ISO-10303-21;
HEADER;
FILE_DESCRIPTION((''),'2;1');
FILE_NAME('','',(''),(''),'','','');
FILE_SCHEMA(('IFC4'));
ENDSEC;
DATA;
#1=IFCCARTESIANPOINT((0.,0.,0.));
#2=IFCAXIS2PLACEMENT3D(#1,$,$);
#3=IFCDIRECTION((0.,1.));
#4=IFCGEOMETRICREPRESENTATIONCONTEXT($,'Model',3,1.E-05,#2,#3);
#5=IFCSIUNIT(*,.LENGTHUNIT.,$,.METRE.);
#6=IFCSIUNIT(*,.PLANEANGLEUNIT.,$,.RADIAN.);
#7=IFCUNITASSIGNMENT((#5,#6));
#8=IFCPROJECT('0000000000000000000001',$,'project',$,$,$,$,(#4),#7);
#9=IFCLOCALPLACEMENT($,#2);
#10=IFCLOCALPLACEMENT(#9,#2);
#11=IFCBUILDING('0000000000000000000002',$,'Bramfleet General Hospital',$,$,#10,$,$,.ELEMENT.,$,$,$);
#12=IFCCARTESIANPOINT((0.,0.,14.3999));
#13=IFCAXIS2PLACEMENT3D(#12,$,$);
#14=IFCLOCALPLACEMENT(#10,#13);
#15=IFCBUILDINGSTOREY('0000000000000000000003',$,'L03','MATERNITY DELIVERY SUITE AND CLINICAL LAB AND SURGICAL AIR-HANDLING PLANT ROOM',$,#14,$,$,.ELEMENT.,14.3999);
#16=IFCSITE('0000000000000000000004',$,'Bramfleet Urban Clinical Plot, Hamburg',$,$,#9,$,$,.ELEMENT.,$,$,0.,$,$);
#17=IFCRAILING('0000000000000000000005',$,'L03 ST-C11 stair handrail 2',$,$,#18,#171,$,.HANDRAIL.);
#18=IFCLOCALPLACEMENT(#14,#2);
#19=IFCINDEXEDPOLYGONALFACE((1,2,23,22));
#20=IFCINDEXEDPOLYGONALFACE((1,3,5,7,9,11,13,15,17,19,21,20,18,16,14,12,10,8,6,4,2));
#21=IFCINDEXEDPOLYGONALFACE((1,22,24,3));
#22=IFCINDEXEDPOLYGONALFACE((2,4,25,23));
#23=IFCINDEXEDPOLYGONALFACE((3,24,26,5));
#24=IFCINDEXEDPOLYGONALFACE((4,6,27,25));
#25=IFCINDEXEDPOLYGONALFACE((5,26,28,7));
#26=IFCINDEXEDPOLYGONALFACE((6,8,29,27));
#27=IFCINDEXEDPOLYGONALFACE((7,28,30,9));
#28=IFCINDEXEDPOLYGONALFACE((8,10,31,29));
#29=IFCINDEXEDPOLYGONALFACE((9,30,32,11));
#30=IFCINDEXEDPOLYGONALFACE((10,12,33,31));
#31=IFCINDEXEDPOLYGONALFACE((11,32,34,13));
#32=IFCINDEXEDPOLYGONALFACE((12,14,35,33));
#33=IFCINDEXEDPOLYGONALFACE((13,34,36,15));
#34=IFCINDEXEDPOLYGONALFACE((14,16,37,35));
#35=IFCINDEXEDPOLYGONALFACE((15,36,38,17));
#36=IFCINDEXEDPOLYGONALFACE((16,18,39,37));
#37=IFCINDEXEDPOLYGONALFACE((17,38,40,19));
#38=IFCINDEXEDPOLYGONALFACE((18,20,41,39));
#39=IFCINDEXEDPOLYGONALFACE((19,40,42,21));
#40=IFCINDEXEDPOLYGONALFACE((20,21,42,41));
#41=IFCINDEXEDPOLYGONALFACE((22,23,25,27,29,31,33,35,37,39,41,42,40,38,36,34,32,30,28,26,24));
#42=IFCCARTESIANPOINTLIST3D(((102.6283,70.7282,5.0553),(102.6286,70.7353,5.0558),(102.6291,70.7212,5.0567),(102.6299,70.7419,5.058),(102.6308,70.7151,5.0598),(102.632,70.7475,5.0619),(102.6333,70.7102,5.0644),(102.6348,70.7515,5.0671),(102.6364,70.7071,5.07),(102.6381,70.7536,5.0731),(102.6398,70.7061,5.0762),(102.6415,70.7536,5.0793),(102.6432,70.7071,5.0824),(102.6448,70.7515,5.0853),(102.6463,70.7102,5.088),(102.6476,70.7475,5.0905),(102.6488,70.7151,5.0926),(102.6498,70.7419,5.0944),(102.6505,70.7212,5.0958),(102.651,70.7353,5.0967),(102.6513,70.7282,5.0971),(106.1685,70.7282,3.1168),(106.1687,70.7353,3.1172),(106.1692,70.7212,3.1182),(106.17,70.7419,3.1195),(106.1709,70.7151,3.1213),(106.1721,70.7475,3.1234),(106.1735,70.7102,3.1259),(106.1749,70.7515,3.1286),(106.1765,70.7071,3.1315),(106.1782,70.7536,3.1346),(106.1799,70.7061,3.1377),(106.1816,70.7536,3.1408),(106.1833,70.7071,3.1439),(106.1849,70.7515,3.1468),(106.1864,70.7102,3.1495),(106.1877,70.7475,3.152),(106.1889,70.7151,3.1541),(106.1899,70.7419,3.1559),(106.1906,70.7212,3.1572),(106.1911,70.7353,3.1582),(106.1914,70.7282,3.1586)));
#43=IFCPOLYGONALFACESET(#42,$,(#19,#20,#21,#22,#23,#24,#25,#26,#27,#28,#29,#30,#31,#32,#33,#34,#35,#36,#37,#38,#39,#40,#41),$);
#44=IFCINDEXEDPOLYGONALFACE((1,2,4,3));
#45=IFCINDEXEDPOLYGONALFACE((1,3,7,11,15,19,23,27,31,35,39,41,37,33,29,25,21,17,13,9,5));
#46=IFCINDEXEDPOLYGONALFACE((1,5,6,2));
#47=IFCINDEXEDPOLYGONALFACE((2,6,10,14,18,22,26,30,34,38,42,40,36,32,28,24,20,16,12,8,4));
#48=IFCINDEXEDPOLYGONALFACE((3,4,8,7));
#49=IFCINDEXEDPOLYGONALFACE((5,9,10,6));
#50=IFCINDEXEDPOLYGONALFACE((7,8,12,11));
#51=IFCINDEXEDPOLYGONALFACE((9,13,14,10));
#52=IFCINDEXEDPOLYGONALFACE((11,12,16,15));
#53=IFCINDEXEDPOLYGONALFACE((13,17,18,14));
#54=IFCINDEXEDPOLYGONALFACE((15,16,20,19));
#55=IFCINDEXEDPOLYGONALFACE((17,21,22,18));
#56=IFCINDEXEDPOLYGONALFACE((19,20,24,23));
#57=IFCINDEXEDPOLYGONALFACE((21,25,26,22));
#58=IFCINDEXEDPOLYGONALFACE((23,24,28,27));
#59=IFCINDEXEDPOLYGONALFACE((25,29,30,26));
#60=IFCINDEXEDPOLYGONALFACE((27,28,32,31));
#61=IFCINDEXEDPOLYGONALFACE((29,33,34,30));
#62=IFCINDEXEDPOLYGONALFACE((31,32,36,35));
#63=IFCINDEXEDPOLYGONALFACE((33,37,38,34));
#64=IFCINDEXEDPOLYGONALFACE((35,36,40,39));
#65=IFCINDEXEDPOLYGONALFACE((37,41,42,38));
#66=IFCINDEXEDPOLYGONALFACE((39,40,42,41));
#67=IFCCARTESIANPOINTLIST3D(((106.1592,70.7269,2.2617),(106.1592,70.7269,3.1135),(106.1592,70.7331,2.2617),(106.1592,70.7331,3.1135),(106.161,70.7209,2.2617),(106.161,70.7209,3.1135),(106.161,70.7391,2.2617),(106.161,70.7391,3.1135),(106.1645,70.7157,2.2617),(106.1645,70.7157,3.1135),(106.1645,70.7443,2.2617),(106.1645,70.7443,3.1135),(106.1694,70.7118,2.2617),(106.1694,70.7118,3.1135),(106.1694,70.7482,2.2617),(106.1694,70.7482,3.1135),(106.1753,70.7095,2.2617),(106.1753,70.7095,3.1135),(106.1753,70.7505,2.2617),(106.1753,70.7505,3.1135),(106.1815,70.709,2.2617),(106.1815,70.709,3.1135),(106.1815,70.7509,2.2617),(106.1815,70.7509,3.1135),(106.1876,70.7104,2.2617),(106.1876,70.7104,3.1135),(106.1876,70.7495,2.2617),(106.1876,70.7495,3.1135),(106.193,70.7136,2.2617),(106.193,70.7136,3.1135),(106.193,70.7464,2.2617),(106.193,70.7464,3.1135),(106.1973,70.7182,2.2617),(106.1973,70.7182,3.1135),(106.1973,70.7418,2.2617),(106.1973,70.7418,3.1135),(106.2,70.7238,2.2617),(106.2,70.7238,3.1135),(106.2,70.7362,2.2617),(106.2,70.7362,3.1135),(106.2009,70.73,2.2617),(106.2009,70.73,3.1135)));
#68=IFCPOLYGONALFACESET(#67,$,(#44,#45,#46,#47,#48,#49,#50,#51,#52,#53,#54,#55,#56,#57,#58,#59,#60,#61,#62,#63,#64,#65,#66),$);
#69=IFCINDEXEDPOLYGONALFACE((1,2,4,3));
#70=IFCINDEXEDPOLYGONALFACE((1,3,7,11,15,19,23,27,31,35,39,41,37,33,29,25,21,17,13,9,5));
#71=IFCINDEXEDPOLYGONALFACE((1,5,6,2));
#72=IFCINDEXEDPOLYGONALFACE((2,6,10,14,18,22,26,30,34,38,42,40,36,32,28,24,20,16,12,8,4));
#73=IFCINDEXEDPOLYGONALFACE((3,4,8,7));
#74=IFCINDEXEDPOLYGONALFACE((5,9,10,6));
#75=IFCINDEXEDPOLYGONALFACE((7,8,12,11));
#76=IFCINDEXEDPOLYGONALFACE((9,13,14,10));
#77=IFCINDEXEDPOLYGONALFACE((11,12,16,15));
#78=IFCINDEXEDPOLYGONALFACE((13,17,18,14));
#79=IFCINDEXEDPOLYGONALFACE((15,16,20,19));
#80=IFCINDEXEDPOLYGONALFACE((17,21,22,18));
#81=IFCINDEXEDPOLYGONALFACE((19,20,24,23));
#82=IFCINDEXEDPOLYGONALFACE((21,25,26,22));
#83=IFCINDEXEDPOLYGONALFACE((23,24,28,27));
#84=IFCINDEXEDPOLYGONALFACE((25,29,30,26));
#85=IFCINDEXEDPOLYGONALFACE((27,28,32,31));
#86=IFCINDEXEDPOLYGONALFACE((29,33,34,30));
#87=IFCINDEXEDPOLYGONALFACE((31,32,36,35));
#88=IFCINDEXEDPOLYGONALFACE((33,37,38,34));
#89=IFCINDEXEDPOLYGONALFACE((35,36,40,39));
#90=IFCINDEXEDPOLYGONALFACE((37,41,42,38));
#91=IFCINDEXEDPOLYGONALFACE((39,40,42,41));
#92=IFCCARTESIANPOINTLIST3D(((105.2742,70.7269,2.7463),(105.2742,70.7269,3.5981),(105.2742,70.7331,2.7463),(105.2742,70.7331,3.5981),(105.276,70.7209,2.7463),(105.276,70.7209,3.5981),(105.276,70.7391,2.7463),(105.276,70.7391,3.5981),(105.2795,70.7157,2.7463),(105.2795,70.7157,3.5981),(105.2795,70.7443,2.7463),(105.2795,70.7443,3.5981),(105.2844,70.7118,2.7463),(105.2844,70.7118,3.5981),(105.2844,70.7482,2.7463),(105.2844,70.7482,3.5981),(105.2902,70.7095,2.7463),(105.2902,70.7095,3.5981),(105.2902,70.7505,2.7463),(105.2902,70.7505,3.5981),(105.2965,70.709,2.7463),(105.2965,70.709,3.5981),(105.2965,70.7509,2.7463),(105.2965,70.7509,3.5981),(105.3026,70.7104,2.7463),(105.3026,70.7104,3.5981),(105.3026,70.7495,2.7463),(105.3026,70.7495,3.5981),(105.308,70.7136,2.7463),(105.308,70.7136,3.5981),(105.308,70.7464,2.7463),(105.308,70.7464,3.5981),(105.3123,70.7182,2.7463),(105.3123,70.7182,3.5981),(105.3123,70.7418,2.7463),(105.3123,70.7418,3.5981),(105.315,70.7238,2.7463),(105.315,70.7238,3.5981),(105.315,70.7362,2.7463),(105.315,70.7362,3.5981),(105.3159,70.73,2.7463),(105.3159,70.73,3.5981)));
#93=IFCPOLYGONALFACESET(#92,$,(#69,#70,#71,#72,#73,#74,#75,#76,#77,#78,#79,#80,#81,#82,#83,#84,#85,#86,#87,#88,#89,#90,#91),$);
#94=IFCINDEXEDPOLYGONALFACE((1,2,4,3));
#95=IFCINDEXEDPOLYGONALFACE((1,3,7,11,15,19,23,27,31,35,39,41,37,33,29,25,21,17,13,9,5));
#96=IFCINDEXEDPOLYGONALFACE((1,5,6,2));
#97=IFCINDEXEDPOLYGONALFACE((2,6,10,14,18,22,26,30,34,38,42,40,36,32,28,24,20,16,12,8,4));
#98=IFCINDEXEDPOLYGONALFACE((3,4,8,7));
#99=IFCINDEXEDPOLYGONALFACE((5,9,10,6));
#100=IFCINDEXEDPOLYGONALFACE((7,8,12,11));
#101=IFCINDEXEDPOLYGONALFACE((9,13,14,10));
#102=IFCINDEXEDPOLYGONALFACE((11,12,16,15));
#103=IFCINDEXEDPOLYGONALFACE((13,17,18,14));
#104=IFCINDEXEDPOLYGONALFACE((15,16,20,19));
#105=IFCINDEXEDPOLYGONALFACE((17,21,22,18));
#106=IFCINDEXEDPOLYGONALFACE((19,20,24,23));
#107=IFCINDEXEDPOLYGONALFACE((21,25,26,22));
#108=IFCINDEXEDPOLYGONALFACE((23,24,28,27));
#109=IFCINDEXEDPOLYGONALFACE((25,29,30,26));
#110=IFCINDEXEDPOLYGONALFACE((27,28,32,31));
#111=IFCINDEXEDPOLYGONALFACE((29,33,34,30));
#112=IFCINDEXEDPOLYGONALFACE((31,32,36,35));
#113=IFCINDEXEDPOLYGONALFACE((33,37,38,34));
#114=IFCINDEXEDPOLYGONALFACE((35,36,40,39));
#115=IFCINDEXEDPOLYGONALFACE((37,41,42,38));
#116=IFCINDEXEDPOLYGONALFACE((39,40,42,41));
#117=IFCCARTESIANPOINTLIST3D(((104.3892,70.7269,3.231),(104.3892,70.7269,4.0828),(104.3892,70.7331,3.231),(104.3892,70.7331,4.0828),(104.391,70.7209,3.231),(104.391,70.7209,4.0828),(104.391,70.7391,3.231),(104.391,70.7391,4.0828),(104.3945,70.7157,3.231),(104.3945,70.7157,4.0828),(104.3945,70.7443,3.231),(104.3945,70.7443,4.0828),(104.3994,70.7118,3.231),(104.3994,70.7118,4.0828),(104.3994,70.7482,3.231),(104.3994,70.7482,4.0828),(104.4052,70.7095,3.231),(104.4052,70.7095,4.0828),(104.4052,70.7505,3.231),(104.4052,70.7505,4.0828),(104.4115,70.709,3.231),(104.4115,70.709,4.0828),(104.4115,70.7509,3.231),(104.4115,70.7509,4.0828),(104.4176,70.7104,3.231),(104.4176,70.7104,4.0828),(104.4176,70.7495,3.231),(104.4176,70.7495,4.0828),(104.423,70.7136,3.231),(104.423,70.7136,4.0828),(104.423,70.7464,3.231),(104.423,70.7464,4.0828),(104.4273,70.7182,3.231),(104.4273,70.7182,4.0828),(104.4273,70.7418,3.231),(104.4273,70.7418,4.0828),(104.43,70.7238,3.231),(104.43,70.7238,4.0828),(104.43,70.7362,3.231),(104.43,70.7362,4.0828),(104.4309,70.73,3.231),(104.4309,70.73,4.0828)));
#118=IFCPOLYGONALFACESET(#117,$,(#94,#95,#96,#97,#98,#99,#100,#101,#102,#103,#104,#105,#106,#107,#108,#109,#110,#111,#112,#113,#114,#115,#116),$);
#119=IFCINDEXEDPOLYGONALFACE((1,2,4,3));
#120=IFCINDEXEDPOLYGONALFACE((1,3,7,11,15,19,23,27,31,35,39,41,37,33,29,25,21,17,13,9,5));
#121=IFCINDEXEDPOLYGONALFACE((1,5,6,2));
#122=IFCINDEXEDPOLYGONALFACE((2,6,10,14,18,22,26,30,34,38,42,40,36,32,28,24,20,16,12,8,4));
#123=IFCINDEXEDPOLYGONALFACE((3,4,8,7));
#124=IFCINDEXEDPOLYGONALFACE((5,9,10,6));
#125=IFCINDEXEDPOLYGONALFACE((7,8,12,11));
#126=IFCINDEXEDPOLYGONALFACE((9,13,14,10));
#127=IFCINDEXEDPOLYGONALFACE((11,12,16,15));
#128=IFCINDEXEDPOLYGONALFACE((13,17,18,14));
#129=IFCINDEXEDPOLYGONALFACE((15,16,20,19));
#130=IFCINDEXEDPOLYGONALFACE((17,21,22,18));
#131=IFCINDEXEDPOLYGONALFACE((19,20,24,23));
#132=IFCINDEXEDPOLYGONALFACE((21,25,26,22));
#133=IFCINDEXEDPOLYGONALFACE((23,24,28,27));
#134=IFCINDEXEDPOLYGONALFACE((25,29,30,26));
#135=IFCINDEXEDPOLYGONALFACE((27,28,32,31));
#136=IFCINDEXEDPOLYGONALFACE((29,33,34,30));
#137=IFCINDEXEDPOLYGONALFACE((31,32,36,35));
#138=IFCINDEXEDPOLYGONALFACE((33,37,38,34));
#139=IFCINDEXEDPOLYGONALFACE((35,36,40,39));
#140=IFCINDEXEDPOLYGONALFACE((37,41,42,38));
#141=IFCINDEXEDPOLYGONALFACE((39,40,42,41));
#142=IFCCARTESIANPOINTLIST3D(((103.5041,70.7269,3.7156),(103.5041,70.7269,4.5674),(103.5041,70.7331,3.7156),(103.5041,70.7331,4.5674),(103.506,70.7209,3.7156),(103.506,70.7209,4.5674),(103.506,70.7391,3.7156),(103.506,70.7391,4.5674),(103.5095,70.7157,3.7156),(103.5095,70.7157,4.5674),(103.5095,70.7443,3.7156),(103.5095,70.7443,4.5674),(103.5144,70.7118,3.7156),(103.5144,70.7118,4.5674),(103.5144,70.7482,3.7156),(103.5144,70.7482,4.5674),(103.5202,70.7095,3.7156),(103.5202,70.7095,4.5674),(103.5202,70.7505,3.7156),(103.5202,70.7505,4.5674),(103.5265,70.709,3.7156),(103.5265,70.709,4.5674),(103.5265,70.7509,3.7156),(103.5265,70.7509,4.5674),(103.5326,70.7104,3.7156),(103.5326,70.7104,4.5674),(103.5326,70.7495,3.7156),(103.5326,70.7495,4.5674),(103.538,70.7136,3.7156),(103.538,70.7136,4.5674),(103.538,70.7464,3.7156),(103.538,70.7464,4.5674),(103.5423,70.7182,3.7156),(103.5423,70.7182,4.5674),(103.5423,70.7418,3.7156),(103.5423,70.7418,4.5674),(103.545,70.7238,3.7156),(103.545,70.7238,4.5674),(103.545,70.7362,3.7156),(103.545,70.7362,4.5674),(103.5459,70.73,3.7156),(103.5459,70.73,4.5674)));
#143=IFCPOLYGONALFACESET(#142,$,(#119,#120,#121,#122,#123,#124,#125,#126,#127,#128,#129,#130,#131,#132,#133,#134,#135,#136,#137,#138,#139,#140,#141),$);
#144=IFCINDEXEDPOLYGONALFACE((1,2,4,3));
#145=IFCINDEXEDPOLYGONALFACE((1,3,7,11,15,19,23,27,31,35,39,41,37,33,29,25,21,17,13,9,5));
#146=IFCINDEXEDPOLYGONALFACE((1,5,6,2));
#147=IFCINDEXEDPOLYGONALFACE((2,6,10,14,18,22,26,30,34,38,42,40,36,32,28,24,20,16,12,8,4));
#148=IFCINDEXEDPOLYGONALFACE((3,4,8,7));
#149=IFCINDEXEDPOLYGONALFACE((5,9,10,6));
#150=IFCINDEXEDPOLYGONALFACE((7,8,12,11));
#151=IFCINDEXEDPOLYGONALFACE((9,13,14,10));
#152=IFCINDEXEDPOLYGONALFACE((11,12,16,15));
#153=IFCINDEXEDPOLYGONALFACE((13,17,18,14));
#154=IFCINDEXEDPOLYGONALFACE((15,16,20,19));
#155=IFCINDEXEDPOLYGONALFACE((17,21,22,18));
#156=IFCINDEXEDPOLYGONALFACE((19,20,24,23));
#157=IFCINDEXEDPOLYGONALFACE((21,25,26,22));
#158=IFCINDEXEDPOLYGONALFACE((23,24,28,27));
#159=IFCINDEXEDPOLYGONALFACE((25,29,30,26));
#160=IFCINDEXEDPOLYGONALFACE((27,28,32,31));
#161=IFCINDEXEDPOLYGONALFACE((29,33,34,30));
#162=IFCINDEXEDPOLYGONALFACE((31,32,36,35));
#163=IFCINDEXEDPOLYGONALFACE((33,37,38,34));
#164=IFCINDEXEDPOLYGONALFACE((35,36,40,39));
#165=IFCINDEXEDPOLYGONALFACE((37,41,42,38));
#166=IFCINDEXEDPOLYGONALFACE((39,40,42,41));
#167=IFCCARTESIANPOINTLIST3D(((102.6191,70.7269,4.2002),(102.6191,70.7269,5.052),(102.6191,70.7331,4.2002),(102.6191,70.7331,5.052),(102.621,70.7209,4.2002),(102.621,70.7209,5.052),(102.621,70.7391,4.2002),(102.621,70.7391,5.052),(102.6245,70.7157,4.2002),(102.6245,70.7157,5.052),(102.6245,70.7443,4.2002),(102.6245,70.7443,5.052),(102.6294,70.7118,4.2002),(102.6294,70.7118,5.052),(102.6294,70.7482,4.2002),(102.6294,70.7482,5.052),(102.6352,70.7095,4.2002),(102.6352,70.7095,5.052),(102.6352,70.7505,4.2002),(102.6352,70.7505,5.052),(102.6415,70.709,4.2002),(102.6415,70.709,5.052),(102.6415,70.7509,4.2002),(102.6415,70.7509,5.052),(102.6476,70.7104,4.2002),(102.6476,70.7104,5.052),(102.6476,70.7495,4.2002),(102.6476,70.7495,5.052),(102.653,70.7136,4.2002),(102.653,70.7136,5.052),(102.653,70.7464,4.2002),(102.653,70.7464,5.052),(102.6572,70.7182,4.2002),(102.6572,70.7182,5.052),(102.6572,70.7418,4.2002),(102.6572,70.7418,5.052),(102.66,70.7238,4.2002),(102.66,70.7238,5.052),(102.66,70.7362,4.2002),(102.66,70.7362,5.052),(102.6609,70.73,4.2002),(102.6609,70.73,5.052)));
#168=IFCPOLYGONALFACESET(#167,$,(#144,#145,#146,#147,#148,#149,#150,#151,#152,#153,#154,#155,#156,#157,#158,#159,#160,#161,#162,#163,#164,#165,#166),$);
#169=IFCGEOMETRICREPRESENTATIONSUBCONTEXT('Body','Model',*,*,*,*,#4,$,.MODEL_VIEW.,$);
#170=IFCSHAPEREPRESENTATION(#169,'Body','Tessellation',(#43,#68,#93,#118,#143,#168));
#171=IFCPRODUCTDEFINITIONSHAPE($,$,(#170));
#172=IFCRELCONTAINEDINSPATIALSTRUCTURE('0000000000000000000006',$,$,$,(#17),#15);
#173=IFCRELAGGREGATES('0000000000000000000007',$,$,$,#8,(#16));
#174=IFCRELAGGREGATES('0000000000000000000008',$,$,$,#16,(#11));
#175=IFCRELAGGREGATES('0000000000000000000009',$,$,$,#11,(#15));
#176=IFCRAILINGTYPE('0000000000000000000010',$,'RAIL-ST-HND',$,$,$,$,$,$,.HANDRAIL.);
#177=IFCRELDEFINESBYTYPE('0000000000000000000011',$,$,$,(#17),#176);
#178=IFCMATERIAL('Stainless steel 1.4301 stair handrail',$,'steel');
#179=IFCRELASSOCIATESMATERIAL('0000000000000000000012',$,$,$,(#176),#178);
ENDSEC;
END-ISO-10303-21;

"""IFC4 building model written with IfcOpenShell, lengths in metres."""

from ifc_helpers import new_model, si_unit, direction, frame, origin, origin_2d, place, context, subcontext, project, spatial, circle, extrude, material, type_object, element, save


model = new_model("IFC4")

# Units and contexts
model_context = context("Model", 3, precision=1e-05, world=origin(), true_north=direction((0.0, 1.0)))
body_context = subcontext(model_context, "Body", "Model", "MODEL_VIEW")
ifc_project = project(units=[si_unit("LENGTHUNIT", "METRE"), si_unit("PLANEANGLEUNIT", "RADIAN")], contexts=[model_context])

# Site, building, storey
site_placement = place(None, origin())
site = spatial("IfcSite", under=ifc_project, at=site_placement, Name="Bramfleet Urban Clinical Plot, Hamburg", CompositionType="ELEMENT", RefElevation=0.0)
building_placement = place(site_placement, origin())
building = spatial("IfcBuilding", under=site, at=building_placement, Name="Bramfleet General Hospital", CompositionType="ELEMENT")
storey_placement = place(building_placement, frame((0.0, 0.0, 14.3999)))
storey = spatial("IfcBuildingStorey", under=building, at=storey_placement, Name="L03", Description="MATERNITY DELIVERY SUITE AND CLINICAL LAB AND SURGICAL AIR-HANDLING PLANT ROOM", CompositionType="ELEMENT", Elevation=14.3999)

# Railing
ifc_material_1 = material(Name="Stainless steel 1.4301 stair handrail", Category="steel")
railing_type_1 = type_object("IfcRailingType", Name="RAIL-ST-HND", PredefinedType="HANDRAIL", material=ifc_material_1)
railing_1_placement = place(storey_placement, frame((106.1799, 70.73, 2.2617)))
element("IfcRailing", 1, at=railing_1_placement, inside=storey, type_object=railing_type_1, Name="L03 ST-C11 stair handrail 2", PredefinedType="HANDRAIL", context=body_context, shape_type="SweptSolid", body=[
    extrude(circle(Radius=0.0239, at=origin_2d()), frame((0.0, 0.0, 0.876), z_axis=(-0.877108, 0.0, 0.480292), x_axis=(0.0, -1.0, 0.0)), (0.0, 0.0, 1.0), 4.0361),
    extrude(circle(Radius=0.021, at=origin_2d()), origin(), (0.0, 0.0, 1.0), 0.8518),
    extrude(circle(Radius=0.021, at=origin_2d()), frame((-0.885, 0.0, 0.4846)), (0.0, 0.0, 1.0), 0.8518),
    extrude(circle(Radius=0.021, at=origin_2d()), frame((-1.77, 0.0, 0.9692)), (0.0, 0.0, 1.0), 0.8518),
    extrude(circle(Radius=0.021, at=origin_2d()), frame((-2.655, 0.0, 1.4539)), (0.0, 0.0, 1.0), 0.8518),
    extrude(circle(Radius=0.021, at=origin_2d()), frame((-3.54, 0.0, 1.9385)), (0.0, 0.0, 1.0), 0.8518),
])

save(model, "model.ifc")
